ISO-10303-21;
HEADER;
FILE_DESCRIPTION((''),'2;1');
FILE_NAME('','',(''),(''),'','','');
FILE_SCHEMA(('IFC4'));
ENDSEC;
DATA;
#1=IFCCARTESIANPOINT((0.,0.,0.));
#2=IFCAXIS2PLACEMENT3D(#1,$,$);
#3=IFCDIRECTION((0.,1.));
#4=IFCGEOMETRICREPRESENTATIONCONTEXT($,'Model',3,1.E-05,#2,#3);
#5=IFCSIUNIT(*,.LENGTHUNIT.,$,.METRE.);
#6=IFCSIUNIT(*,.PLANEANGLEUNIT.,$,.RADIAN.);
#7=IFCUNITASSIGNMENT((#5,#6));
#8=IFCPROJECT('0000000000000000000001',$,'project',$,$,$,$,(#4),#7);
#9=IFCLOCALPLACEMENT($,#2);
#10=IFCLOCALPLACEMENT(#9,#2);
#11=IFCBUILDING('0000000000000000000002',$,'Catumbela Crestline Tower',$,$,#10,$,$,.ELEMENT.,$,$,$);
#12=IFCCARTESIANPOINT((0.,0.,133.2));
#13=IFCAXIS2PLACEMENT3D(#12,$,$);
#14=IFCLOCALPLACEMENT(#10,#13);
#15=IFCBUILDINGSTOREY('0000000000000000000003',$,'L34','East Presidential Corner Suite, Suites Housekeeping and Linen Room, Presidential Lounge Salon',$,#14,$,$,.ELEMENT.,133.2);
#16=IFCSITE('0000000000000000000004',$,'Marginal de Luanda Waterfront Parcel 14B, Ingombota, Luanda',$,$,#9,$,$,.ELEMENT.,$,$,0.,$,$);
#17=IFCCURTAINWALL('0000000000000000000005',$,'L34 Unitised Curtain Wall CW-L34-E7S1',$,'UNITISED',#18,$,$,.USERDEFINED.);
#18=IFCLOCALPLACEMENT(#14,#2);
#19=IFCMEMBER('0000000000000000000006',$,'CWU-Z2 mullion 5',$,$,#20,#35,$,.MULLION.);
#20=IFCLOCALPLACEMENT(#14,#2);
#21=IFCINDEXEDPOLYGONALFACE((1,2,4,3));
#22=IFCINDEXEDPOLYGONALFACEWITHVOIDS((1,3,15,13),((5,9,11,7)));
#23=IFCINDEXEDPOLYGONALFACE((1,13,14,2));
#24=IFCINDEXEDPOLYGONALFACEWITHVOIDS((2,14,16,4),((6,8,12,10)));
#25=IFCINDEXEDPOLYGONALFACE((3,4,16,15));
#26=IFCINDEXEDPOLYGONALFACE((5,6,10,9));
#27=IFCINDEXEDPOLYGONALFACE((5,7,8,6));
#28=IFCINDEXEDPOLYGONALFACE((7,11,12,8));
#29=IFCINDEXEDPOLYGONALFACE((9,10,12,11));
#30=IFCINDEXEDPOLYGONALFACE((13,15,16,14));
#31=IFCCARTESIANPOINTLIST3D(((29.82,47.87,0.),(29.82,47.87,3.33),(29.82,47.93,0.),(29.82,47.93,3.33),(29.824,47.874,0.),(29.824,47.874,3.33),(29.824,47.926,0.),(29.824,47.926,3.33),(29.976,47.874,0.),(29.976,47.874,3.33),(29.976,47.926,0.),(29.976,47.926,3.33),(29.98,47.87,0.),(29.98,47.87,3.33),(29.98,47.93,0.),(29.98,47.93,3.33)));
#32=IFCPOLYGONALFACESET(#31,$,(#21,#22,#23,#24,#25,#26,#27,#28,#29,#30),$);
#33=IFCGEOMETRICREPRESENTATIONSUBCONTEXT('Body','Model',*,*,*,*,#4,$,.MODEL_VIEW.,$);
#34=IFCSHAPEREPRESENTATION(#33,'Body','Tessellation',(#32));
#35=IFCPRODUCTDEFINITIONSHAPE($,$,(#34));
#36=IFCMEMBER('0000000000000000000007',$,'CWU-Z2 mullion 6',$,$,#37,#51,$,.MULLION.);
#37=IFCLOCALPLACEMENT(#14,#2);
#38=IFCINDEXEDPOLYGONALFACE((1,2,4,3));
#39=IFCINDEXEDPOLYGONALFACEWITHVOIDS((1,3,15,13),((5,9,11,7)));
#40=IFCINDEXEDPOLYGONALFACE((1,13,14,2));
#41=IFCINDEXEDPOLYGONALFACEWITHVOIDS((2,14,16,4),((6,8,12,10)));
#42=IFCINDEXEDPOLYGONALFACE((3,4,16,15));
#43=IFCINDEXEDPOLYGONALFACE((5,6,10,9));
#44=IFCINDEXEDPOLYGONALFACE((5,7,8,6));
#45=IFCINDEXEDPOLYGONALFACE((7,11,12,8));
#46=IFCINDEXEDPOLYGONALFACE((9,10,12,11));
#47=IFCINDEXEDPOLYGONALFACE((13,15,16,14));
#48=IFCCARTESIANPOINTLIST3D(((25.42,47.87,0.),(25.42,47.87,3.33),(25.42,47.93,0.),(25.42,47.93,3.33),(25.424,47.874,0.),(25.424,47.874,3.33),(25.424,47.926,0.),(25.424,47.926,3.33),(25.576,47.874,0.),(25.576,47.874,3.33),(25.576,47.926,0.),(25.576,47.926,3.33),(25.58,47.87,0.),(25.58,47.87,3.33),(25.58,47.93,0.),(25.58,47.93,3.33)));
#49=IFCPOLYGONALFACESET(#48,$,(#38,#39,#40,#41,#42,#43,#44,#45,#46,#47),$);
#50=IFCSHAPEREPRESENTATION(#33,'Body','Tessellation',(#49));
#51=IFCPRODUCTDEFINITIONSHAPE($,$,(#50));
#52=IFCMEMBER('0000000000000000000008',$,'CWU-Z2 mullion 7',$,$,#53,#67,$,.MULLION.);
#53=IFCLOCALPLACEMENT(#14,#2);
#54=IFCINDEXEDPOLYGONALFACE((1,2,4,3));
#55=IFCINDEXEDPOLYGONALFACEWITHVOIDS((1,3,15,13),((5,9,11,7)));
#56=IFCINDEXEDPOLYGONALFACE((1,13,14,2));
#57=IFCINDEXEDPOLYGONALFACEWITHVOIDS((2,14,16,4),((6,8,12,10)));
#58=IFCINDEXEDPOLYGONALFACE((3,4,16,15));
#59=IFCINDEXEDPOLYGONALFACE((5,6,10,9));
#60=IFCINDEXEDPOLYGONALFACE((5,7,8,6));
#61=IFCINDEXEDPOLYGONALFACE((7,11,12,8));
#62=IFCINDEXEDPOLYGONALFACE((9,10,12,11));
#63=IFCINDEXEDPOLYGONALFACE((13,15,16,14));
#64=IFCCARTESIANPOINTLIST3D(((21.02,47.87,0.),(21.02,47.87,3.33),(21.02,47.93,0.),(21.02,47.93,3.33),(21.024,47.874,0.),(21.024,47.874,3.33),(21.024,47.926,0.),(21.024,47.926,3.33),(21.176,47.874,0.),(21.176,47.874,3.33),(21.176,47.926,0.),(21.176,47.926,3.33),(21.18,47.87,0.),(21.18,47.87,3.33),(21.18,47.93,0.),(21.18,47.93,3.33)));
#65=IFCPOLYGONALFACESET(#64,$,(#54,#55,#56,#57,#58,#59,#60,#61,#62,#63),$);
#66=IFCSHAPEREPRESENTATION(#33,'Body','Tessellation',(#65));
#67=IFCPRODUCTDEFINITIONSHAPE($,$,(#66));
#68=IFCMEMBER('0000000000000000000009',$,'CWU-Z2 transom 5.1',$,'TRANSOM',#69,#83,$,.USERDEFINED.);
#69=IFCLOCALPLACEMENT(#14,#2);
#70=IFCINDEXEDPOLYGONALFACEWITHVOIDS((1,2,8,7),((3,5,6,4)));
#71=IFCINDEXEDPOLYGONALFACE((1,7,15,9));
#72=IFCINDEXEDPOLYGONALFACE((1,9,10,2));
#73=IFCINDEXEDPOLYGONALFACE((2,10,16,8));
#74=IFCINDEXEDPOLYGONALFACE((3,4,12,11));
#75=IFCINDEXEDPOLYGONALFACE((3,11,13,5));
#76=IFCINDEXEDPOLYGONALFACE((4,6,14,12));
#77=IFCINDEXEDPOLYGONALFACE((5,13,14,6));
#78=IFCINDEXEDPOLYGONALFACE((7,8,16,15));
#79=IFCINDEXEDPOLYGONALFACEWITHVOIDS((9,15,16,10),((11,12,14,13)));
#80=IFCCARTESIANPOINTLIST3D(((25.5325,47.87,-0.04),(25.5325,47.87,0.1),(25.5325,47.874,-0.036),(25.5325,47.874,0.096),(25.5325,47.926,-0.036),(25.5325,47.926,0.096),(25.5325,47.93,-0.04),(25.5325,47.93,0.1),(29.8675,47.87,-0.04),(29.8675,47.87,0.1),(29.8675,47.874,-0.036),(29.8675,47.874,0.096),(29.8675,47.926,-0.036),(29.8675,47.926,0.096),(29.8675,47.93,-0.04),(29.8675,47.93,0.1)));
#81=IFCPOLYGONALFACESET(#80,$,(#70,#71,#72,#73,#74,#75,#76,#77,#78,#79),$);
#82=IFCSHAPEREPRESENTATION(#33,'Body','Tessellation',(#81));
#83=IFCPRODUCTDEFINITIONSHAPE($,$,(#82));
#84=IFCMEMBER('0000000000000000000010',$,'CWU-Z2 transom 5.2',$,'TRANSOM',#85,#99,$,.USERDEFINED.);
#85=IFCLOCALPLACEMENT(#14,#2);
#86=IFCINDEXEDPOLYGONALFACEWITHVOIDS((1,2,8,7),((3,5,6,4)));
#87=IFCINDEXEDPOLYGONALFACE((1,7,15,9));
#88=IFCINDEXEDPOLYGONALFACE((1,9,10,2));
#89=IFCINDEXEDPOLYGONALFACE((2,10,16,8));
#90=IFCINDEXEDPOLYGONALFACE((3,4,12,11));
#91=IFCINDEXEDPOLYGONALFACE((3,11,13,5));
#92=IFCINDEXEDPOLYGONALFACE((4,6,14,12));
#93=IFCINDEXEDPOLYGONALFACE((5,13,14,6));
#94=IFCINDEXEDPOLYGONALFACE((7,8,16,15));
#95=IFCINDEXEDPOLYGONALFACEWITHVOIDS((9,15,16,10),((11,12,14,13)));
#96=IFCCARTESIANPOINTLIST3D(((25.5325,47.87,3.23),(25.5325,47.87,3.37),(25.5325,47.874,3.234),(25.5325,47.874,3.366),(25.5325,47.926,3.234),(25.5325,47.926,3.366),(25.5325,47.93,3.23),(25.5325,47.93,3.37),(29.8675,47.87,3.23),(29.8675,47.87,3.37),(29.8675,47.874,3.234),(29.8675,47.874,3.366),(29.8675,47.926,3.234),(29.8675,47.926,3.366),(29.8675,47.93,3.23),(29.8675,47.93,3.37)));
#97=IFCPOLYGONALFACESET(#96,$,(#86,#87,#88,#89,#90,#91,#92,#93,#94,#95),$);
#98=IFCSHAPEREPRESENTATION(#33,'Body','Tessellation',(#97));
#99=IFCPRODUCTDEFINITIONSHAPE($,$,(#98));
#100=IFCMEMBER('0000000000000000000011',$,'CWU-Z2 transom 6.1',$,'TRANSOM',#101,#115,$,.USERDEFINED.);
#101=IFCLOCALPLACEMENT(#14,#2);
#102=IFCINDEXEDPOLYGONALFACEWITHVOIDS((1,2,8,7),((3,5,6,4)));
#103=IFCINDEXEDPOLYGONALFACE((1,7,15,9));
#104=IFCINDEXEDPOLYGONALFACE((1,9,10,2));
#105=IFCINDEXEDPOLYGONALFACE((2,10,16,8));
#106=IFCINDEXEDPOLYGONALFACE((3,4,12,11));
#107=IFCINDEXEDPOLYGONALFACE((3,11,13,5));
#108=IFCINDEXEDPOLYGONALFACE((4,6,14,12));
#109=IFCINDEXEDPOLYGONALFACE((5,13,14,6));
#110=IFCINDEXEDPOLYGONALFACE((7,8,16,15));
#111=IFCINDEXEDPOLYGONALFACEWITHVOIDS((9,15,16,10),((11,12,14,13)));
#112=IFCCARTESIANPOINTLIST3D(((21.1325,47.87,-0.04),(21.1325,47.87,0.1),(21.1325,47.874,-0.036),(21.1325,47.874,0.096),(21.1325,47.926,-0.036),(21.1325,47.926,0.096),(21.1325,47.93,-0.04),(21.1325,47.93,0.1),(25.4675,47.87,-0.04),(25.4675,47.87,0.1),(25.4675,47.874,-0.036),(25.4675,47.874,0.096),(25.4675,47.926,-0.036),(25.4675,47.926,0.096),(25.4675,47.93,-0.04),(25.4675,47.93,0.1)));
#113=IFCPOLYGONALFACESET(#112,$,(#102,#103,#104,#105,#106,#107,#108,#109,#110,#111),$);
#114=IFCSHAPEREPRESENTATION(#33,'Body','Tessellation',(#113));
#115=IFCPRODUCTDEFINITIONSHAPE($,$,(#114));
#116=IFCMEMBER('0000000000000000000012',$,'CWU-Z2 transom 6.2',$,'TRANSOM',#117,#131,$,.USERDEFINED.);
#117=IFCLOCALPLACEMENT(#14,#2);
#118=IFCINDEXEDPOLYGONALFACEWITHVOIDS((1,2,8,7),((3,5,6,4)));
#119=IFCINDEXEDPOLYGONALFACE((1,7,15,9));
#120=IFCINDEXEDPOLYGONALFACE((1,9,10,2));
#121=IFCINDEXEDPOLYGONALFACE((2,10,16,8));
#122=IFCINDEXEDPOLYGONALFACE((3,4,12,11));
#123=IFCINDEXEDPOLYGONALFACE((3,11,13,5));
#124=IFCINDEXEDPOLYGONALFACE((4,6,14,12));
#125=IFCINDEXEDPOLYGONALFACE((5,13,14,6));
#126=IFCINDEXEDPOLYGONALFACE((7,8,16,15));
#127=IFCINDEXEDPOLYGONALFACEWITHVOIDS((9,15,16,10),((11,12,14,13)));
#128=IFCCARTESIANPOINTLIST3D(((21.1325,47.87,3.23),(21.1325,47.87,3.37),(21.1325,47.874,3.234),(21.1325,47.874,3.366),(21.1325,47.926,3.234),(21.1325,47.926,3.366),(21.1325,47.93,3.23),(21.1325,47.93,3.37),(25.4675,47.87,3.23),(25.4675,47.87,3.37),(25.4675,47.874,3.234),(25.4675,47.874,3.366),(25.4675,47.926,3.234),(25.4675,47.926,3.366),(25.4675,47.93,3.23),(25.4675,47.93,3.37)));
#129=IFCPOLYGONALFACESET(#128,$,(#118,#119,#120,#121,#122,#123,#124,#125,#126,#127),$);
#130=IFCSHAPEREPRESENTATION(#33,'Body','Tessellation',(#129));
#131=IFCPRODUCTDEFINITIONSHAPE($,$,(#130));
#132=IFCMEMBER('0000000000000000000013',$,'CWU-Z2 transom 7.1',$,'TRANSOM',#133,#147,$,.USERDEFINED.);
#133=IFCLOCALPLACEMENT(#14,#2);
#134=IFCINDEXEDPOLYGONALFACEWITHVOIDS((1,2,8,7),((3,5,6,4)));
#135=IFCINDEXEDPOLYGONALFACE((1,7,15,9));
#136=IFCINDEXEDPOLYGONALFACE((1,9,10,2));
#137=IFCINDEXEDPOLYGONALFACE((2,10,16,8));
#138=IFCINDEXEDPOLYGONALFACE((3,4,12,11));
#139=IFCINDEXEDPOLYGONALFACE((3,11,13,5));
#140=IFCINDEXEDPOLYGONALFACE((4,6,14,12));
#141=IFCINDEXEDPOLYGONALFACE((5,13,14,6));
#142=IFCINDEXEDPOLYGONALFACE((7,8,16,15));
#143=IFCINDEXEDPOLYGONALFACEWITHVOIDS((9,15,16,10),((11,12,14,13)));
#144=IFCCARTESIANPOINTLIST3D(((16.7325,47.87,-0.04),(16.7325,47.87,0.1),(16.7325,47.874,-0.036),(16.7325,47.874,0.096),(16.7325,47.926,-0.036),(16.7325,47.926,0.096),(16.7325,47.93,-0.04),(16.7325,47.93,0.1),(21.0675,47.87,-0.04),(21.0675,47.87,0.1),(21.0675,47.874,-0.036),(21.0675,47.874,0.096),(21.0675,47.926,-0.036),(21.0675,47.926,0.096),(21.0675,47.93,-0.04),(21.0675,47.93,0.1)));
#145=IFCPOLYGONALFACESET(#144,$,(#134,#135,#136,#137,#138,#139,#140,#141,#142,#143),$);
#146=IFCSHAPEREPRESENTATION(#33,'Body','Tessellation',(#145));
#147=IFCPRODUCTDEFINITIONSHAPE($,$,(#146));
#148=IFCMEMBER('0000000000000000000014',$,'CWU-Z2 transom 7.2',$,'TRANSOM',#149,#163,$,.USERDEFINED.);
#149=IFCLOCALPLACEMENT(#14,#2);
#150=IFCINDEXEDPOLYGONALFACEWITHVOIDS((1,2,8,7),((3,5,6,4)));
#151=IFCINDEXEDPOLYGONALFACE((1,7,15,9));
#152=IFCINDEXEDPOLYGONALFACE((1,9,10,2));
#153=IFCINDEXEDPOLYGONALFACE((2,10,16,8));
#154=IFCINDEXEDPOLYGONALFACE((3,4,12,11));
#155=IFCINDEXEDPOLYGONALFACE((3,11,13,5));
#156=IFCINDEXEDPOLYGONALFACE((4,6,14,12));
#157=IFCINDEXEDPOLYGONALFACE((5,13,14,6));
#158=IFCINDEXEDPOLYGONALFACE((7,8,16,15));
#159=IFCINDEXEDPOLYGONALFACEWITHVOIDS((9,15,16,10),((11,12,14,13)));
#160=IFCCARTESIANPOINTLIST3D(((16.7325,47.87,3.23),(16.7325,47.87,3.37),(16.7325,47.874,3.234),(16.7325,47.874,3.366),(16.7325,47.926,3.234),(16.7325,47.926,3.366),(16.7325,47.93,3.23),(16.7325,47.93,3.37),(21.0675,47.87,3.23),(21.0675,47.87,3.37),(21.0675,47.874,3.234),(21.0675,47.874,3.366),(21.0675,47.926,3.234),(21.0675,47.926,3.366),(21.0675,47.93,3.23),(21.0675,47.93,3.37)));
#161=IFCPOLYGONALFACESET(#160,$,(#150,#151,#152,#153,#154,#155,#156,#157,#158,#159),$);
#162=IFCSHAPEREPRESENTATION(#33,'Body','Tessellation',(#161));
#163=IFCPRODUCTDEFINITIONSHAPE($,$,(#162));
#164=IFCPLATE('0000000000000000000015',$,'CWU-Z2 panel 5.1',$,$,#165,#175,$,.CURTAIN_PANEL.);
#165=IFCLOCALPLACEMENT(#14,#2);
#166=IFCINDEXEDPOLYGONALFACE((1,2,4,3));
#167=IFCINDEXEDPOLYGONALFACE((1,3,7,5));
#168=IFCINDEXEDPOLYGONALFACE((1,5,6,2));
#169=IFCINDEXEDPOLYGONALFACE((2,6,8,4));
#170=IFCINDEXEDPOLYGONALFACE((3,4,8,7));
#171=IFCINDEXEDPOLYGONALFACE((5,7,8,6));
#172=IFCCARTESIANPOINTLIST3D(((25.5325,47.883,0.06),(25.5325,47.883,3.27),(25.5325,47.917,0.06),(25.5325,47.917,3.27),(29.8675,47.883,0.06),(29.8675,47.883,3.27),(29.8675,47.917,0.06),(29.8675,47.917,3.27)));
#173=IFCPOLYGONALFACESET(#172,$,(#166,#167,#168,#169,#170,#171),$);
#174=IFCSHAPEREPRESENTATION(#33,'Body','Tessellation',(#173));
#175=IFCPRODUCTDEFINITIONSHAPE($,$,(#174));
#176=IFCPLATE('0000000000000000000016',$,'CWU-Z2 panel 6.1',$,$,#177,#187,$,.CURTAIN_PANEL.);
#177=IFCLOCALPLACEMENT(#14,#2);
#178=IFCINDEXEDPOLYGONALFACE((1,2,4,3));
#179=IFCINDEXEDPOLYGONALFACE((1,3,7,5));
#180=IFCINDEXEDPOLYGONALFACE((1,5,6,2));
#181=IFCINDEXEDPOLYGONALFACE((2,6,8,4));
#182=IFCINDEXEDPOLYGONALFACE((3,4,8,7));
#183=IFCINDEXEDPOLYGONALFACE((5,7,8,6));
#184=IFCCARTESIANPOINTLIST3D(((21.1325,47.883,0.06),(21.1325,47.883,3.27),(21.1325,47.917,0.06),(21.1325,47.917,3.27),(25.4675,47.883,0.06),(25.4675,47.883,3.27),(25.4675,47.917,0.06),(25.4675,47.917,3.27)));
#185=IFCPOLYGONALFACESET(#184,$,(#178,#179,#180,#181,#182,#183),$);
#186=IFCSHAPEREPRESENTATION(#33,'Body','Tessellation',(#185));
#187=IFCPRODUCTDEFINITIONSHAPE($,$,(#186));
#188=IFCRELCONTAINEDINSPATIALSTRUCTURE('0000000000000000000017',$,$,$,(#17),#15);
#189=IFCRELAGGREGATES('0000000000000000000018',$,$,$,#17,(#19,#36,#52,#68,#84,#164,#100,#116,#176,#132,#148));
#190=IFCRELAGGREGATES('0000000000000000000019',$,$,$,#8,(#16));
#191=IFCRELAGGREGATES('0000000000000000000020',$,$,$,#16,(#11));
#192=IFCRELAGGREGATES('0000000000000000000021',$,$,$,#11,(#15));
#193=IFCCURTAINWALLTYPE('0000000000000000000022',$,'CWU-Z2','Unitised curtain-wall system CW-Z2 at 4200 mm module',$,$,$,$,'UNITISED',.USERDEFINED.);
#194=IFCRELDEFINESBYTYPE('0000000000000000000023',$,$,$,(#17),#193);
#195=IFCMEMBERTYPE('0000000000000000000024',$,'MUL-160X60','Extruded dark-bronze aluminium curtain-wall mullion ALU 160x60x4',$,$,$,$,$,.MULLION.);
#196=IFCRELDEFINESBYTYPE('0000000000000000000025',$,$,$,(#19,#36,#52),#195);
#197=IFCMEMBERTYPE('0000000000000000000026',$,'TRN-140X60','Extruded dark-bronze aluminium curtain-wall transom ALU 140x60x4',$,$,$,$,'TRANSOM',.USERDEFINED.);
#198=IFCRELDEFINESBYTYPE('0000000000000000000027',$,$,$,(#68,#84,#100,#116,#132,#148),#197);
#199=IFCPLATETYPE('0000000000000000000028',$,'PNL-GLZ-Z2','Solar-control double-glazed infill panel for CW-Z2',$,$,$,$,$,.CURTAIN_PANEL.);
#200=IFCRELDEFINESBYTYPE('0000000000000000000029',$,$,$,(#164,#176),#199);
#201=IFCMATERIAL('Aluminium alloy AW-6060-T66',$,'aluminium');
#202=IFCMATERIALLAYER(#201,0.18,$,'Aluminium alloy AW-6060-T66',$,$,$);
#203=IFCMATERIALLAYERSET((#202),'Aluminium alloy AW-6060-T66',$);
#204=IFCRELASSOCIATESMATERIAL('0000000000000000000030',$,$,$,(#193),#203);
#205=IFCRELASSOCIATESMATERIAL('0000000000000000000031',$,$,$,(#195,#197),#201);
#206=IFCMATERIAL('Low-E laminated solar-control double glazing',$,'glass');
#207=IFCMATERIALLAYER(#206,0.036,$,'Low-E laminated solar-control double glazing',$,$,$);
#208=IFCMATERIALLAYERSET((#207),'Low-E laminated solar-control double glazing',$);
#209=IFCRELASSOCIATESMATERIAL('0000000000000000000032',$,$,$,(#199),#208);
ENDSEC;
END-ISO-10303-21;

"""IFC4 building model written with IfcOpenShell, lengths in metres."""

from ifc_helpers import new_model, si_unit, direction, frame, origin, origin_2d, place, context, subcontext, project, spatial, rectangle, hollow_rectangle, extrude, material, layer, layer_set, material_profile, profile_set, type_object, element, aggregate, save


model = new_model("IFC4")

# Units and contexts
model_context = context("Model", 3, precision=1e-05, world=origin(), true_north=direction((0.0, 1.0)))
body_context = subcontext(model_context, "Body", "Model", "MODEL_VIEW")
ifc_project = project(units=[si_unit("LENGTHUNIT", "METRE"), si_unit("PLANEANGLEUNIT", "RADIAN")], contexts=[model_context])

# Site, building, storey
site_placement = place(None, origin())
site = spatial("IfcSite", under=ifc_project, at=site_placement, Name="Marginal de Luanda Waterfront Parcel 14B, Ingombota, Luanda", CompositionType="ELEMENT", RefElevation=0.0)
building_placement = place(site_placement, origin())
building = spatial("IfcBuilding", under=site, at=building_placement, Name="Catumbela Crestline Tower", CompositionType="ELEMENT")
storey_placement = place(building_placement, frame((0.0, 0.0, 133.2)))
storey = spatial("IfcBuildingStorey", under=building, at=storey_placement, Name="L34", Description="East Presidential Corner Suite, Suites Housekeeping and Linen Room, Presidential Lounge Salon", CompositionType="ELEMENT", Elevation=133.2)

# Curtain wall, members, plates
ifc_material_1 = material(Name="Aluminium alloy AW-6060-T66", Category="aluminium")
ifc_layer_1 = layer(ifc_material_1, 0.18, Name="Aluminium alloy AW-6060-T66")
ifc_layer_set_1 = layer_set([ifc_layer_1], Name="Aluminium alloy AW-6060-T66")
curtain_wall_type = type_object("IfcCurtainWallType", Name="CWU-Z2", Description="Unitised curtain-wall system CW-Z2 at 4200 mm module", ElementType="UNITISED", PredefinedType="USERDEFINED", material=ifc_layer_set_1)
curtain_wall_placement = place(storey_placement, origin())
curtain_wall = element("IfcCurtainWall", 1, at=curtain_wall_placement, inside=storey, type_object=curtain_wall_type, Name="L34 Unitised Curtain Wall CW-L34-E7S1", ObjectType="UNITISED", PredefinedType="USERDEFINED")
ifc_material_profile_1 = material_profile(ifc_material_1, hollow_rectangle(XDim=0.06, YDim=0.16, WallThickness=0.004, at=origin_2d()), Name="ALU 160x60x4")
ifc_profile_set_1 = profile_set([ifc_material_profile_1], Name="Aluminium alloy AW-6060-T66")
member_type_1 = type_object("IfcMemberType", Name="MUL-160X60", Description="Extruded dark-bronze aluminium curtain-wall mullion ALU 160x60x4", PredefinedType="MULLION", material=ifc_profile_set_1)
member_1_placement = place(storey_placement, frame((29.9, 47.9, 0.0), z_axis=(0.0, 0.0, 1.0), x_axis=(0.0, -1.0, 0.0)))
member_1 = element("IfcMember", 2, at=member_1_placement, type_object=member_type_1, Name="CWU-Z2 mullion 5", PredefinedType="MULLION", context=body_context, shape_type="SweptSolid", body=[
    extrude(hollow_rectangle(XDim=0.06, YDim=0.16, WallThickness=0.004, at=origin_2d()), origin(), (0.0, 0.0, 1.0), 3.33),
])
member_2_placement = place(storey_placement, frame((25.5, 47.9, 0.0), z_axis=(0.0, 0.0, 1.0), x_axis=(0.0, -1.0, 0.0)))
member_2 = element("IfcMember", 3, at=member_2_placement, type_object=member_type_1, Name="CWU-Z2 mullion 6", PredefinedType="MULLION", context=body_context, shape_type="SweptSolid", body=[
    extrude(hollow_rectangle(XDim=0.06, YDim=0.16, WallThickness=0.004, at=origin_2d()), origin(), (0.0, 0.0, 1.0), 3.33),
])
member_3_placement = place(storey_placement, frame((21.1, 47.9, 0.0), z_axis=(0.0, 0.0, 1.0), x_axis=(0.0, -1.0, 0.0)))
member_3 = element("IfcMember", 4, at=member_3_placement, type_object=member_type_1, Name="CWU-Z2 mullion 7", PredefinedType="MULLION", context=body_context, shape_type="SweptSolid", body=[
    extrude(hollow_rectangle(XDim=0.06, YDim=0.16, WallThickness=0.004, at=origin_2d()), origin(), (0.0, 0.0, 1.0), 3.33),
])
ifc_material_profile_2 = material_profile(ifc_material_1, hollow_rectangle(XDim=0.06, YDim=0.14, WallThickness=0.004, at=origin_2d()), Name="ALU 140x60x4")
ifc_profile_set_2 = profile_set([ifc_material_profile_2], Name="Aluminium alloy AW-6060-T66")
member_type_2 = type_object("IfcMemberType", Name="TRN-140X60", Description="Extruded dark-bronze aluminium curtain-wall transom ALU 140x60x4", ElementType="TRANSOM", PredefinedType="USERDEFINED", material=ifc_profile_set_2)
member_4_placement = place(storey_placement, frame((29.8675, 47.9, 0.03), z_axis=(-1.0, 0.0, 0.0), x_axis=(0.0, -1.0, 0.0)))
member_4 = element("IfcMember", 5, at=member_4_placement, type_object=member_type_2, Name="CWU-Z2 transom 5.1", ObjectType="TRANSOM", PredefinedType="USERDEFINED", context=body_context, shape_type="SweptSolid", body=[
    extrude(hollow_rectangle(XDim=0.06, YDim=0.14, WallThickness=0.004, at=origin_2d()), origin(), (0.0, 0.0, 1.0), 4.335),
])
member_5_placement = place(storey_placement, frame((29.8675, 47.9, 3.3), z_axis=(-1.0, 0.0, 0.0), x_axis=(0.0, -1.0, 0.0)))
member_5 = element("IfcMember", 6, at=member_5_placement, type_object=member_type_2, Name="CWU-Z2 transom 5.2", ObjectType="TRANSOM", PredefinedType="USERDEFINED", context=body_context, shape_type="SweptSolid", body=[
    extrude(hollow_rectangle(XDim=0.06, YDim=0.14, WallThickness=0.004, at=origin_2d()), origin(), (0.0, 0.0, 1.0), 4.335),
])
member_6_placement = place(storey_placement, frame((25.4675, 47.9, 0.03), z_axis=(-1.0, 0.0, 0.0), x_axis=(0.0, -1.0, 0.0)))
member_6 = element("IfcMember", 7, at=member_6_placement, type_object=member_type_2, Name="CWU-Z2 transom 6.1", ObjectType="TRANSOM", PredefinedType="USERDEFINED", context=body_context, shape_type="SweptSolid", body=[
    extrude(hollow_rectangle(XDim=0.06, YDim=0.14, WallThickness=0.004, at=origin_2d()), origin(), (0.0, 0.0, 1.0), 4.335),
])
member_7_placement = place(storey_placement, frame((25.4675, 47.9, 3.3), z_axis=(-1.0, 0.0, 0.0), x_axis=(0.0, -1.0, 0.0)))
member_7 = element("IfcMember", 8, at=member_7_placement, type_object=member_type_2, Name="CWU-Z2 transom 6.2", ObjectType="TRANSOM", PredefinedType="USERDEFINED", context=body_context, shape_type="SweptSolid", body=[
    extrude(hollow_rectangle(XDim=0.06, YDim=0.14, WallThickness=0.004, at=origin_2d()), origin(), (0.0, 0.0, 1.0), 4.335),
])
member_8_placement = place(storey_placement, frame((21.0675, 47.9, 0.03), z_axis=(-1.0, 0.0, 0.0), x_axis=(0.0, -1.0, 0.0)))
member_8 = element("IfcMember", 9, at=member_8_placement, type_object=member_type_2, Name="CWU-Z2 transom 7.1", ObjectType="TRANSOM", PredefinedType="USERDEFINED", context=body_context, shape_type="SweptSolid", body=[
    extrude(hollow_rectangle(XDim=0.06, YDim=0.14, WallThickness=0.004, at=origin_2d()), origin(), (0.0, 0.0, 1.0), 4.335),
])
member_9_placement = place(storey_placement, frame((21.0675, 47.9, 3.3), z_axis=(-1.0, 0.0, 0.0), x_axis=(0.0, -1.0, 0.0)))
member_9 = element("IfcMember", 10, at=member_9_placement, type_object=member_type_2, Name="CWU-Z2 transom 7.2", ObjectType="TRANSOM", PredefinedType="USERDEFINED", context=body_context, shape_type="SweptSolid", body=[
    extrude(hollow_rectangle(XDim=0.06, YDim=0.14, WallThickness=0.004, at=origin_2d()), origin(), (0.0, 0.0, 1.0), 4.335),
])
ifc_material_2 = material(Name="Low-E laminated solar-control double glazing", Category="glass")
ifc_layer_2 = layer(ifc_material_2, 0.036, Name="Low-E laminated solar-control double glazing")
ifc_layer_set_2 = layer_set([ifc_layer_2], Name="Low-E laminated solar-control double glazing")
plate_type = type_object("IfcPlateType", Name="PNL-GLZ-Z2", Description="Solar-control double-glazed infill panel for CW-Z2", PredefinedType="CURTAIN_PANEL", material=ifc_layer_set_2)
plate_1_placement = place(storey_placement, frame((27.7, 47.9, 0.06), z_axis=(0.0, 0.0, 1.0), x_axis=(-1.0, 0.0, 0.0)))
plate_1 = element("IfcPlate", 11, at=plate_1_placement, type_object=plate_type, Name="CWU-Z2 panel 5.1", PredefinedType="CURTAIN_PANEL", context=body_context, shape_type="SweptSolid", body=[
    extrude(rectangle(XDim=4.335, YDim=0.034, at=origin_2d()), origin(), (0.0, 0.0, 1.0), 3.21),
])
plate_2_placement = place(storey_placement, frame((23.3, 47.9, 0.06), z_axis=(0.0, 0.0, 1.0), x_axis=(-1.0, 0.0, 0.0)))
plate_2 = element("IfcPlate", 12, at=plate_2_placement, type_object=plate_type, Name="CWU-Z2 panel 6.1", PredefinedType="CURTAIN_PANEL", context=body_context, shape_type="SweptSolid", body=[
    extrude(rectangle(XDim=4.335, YDim=0.034, at=origin_2d()), origin(), (0.0, 0.0, 1.0), 3.21),
])
aggregate(curtain_wall, [member_1, member_2, member_3, member_4, member_5, plate_1, member_6, member_7, plate_2, member_8, member_9])

save(model, "model.ifc")
